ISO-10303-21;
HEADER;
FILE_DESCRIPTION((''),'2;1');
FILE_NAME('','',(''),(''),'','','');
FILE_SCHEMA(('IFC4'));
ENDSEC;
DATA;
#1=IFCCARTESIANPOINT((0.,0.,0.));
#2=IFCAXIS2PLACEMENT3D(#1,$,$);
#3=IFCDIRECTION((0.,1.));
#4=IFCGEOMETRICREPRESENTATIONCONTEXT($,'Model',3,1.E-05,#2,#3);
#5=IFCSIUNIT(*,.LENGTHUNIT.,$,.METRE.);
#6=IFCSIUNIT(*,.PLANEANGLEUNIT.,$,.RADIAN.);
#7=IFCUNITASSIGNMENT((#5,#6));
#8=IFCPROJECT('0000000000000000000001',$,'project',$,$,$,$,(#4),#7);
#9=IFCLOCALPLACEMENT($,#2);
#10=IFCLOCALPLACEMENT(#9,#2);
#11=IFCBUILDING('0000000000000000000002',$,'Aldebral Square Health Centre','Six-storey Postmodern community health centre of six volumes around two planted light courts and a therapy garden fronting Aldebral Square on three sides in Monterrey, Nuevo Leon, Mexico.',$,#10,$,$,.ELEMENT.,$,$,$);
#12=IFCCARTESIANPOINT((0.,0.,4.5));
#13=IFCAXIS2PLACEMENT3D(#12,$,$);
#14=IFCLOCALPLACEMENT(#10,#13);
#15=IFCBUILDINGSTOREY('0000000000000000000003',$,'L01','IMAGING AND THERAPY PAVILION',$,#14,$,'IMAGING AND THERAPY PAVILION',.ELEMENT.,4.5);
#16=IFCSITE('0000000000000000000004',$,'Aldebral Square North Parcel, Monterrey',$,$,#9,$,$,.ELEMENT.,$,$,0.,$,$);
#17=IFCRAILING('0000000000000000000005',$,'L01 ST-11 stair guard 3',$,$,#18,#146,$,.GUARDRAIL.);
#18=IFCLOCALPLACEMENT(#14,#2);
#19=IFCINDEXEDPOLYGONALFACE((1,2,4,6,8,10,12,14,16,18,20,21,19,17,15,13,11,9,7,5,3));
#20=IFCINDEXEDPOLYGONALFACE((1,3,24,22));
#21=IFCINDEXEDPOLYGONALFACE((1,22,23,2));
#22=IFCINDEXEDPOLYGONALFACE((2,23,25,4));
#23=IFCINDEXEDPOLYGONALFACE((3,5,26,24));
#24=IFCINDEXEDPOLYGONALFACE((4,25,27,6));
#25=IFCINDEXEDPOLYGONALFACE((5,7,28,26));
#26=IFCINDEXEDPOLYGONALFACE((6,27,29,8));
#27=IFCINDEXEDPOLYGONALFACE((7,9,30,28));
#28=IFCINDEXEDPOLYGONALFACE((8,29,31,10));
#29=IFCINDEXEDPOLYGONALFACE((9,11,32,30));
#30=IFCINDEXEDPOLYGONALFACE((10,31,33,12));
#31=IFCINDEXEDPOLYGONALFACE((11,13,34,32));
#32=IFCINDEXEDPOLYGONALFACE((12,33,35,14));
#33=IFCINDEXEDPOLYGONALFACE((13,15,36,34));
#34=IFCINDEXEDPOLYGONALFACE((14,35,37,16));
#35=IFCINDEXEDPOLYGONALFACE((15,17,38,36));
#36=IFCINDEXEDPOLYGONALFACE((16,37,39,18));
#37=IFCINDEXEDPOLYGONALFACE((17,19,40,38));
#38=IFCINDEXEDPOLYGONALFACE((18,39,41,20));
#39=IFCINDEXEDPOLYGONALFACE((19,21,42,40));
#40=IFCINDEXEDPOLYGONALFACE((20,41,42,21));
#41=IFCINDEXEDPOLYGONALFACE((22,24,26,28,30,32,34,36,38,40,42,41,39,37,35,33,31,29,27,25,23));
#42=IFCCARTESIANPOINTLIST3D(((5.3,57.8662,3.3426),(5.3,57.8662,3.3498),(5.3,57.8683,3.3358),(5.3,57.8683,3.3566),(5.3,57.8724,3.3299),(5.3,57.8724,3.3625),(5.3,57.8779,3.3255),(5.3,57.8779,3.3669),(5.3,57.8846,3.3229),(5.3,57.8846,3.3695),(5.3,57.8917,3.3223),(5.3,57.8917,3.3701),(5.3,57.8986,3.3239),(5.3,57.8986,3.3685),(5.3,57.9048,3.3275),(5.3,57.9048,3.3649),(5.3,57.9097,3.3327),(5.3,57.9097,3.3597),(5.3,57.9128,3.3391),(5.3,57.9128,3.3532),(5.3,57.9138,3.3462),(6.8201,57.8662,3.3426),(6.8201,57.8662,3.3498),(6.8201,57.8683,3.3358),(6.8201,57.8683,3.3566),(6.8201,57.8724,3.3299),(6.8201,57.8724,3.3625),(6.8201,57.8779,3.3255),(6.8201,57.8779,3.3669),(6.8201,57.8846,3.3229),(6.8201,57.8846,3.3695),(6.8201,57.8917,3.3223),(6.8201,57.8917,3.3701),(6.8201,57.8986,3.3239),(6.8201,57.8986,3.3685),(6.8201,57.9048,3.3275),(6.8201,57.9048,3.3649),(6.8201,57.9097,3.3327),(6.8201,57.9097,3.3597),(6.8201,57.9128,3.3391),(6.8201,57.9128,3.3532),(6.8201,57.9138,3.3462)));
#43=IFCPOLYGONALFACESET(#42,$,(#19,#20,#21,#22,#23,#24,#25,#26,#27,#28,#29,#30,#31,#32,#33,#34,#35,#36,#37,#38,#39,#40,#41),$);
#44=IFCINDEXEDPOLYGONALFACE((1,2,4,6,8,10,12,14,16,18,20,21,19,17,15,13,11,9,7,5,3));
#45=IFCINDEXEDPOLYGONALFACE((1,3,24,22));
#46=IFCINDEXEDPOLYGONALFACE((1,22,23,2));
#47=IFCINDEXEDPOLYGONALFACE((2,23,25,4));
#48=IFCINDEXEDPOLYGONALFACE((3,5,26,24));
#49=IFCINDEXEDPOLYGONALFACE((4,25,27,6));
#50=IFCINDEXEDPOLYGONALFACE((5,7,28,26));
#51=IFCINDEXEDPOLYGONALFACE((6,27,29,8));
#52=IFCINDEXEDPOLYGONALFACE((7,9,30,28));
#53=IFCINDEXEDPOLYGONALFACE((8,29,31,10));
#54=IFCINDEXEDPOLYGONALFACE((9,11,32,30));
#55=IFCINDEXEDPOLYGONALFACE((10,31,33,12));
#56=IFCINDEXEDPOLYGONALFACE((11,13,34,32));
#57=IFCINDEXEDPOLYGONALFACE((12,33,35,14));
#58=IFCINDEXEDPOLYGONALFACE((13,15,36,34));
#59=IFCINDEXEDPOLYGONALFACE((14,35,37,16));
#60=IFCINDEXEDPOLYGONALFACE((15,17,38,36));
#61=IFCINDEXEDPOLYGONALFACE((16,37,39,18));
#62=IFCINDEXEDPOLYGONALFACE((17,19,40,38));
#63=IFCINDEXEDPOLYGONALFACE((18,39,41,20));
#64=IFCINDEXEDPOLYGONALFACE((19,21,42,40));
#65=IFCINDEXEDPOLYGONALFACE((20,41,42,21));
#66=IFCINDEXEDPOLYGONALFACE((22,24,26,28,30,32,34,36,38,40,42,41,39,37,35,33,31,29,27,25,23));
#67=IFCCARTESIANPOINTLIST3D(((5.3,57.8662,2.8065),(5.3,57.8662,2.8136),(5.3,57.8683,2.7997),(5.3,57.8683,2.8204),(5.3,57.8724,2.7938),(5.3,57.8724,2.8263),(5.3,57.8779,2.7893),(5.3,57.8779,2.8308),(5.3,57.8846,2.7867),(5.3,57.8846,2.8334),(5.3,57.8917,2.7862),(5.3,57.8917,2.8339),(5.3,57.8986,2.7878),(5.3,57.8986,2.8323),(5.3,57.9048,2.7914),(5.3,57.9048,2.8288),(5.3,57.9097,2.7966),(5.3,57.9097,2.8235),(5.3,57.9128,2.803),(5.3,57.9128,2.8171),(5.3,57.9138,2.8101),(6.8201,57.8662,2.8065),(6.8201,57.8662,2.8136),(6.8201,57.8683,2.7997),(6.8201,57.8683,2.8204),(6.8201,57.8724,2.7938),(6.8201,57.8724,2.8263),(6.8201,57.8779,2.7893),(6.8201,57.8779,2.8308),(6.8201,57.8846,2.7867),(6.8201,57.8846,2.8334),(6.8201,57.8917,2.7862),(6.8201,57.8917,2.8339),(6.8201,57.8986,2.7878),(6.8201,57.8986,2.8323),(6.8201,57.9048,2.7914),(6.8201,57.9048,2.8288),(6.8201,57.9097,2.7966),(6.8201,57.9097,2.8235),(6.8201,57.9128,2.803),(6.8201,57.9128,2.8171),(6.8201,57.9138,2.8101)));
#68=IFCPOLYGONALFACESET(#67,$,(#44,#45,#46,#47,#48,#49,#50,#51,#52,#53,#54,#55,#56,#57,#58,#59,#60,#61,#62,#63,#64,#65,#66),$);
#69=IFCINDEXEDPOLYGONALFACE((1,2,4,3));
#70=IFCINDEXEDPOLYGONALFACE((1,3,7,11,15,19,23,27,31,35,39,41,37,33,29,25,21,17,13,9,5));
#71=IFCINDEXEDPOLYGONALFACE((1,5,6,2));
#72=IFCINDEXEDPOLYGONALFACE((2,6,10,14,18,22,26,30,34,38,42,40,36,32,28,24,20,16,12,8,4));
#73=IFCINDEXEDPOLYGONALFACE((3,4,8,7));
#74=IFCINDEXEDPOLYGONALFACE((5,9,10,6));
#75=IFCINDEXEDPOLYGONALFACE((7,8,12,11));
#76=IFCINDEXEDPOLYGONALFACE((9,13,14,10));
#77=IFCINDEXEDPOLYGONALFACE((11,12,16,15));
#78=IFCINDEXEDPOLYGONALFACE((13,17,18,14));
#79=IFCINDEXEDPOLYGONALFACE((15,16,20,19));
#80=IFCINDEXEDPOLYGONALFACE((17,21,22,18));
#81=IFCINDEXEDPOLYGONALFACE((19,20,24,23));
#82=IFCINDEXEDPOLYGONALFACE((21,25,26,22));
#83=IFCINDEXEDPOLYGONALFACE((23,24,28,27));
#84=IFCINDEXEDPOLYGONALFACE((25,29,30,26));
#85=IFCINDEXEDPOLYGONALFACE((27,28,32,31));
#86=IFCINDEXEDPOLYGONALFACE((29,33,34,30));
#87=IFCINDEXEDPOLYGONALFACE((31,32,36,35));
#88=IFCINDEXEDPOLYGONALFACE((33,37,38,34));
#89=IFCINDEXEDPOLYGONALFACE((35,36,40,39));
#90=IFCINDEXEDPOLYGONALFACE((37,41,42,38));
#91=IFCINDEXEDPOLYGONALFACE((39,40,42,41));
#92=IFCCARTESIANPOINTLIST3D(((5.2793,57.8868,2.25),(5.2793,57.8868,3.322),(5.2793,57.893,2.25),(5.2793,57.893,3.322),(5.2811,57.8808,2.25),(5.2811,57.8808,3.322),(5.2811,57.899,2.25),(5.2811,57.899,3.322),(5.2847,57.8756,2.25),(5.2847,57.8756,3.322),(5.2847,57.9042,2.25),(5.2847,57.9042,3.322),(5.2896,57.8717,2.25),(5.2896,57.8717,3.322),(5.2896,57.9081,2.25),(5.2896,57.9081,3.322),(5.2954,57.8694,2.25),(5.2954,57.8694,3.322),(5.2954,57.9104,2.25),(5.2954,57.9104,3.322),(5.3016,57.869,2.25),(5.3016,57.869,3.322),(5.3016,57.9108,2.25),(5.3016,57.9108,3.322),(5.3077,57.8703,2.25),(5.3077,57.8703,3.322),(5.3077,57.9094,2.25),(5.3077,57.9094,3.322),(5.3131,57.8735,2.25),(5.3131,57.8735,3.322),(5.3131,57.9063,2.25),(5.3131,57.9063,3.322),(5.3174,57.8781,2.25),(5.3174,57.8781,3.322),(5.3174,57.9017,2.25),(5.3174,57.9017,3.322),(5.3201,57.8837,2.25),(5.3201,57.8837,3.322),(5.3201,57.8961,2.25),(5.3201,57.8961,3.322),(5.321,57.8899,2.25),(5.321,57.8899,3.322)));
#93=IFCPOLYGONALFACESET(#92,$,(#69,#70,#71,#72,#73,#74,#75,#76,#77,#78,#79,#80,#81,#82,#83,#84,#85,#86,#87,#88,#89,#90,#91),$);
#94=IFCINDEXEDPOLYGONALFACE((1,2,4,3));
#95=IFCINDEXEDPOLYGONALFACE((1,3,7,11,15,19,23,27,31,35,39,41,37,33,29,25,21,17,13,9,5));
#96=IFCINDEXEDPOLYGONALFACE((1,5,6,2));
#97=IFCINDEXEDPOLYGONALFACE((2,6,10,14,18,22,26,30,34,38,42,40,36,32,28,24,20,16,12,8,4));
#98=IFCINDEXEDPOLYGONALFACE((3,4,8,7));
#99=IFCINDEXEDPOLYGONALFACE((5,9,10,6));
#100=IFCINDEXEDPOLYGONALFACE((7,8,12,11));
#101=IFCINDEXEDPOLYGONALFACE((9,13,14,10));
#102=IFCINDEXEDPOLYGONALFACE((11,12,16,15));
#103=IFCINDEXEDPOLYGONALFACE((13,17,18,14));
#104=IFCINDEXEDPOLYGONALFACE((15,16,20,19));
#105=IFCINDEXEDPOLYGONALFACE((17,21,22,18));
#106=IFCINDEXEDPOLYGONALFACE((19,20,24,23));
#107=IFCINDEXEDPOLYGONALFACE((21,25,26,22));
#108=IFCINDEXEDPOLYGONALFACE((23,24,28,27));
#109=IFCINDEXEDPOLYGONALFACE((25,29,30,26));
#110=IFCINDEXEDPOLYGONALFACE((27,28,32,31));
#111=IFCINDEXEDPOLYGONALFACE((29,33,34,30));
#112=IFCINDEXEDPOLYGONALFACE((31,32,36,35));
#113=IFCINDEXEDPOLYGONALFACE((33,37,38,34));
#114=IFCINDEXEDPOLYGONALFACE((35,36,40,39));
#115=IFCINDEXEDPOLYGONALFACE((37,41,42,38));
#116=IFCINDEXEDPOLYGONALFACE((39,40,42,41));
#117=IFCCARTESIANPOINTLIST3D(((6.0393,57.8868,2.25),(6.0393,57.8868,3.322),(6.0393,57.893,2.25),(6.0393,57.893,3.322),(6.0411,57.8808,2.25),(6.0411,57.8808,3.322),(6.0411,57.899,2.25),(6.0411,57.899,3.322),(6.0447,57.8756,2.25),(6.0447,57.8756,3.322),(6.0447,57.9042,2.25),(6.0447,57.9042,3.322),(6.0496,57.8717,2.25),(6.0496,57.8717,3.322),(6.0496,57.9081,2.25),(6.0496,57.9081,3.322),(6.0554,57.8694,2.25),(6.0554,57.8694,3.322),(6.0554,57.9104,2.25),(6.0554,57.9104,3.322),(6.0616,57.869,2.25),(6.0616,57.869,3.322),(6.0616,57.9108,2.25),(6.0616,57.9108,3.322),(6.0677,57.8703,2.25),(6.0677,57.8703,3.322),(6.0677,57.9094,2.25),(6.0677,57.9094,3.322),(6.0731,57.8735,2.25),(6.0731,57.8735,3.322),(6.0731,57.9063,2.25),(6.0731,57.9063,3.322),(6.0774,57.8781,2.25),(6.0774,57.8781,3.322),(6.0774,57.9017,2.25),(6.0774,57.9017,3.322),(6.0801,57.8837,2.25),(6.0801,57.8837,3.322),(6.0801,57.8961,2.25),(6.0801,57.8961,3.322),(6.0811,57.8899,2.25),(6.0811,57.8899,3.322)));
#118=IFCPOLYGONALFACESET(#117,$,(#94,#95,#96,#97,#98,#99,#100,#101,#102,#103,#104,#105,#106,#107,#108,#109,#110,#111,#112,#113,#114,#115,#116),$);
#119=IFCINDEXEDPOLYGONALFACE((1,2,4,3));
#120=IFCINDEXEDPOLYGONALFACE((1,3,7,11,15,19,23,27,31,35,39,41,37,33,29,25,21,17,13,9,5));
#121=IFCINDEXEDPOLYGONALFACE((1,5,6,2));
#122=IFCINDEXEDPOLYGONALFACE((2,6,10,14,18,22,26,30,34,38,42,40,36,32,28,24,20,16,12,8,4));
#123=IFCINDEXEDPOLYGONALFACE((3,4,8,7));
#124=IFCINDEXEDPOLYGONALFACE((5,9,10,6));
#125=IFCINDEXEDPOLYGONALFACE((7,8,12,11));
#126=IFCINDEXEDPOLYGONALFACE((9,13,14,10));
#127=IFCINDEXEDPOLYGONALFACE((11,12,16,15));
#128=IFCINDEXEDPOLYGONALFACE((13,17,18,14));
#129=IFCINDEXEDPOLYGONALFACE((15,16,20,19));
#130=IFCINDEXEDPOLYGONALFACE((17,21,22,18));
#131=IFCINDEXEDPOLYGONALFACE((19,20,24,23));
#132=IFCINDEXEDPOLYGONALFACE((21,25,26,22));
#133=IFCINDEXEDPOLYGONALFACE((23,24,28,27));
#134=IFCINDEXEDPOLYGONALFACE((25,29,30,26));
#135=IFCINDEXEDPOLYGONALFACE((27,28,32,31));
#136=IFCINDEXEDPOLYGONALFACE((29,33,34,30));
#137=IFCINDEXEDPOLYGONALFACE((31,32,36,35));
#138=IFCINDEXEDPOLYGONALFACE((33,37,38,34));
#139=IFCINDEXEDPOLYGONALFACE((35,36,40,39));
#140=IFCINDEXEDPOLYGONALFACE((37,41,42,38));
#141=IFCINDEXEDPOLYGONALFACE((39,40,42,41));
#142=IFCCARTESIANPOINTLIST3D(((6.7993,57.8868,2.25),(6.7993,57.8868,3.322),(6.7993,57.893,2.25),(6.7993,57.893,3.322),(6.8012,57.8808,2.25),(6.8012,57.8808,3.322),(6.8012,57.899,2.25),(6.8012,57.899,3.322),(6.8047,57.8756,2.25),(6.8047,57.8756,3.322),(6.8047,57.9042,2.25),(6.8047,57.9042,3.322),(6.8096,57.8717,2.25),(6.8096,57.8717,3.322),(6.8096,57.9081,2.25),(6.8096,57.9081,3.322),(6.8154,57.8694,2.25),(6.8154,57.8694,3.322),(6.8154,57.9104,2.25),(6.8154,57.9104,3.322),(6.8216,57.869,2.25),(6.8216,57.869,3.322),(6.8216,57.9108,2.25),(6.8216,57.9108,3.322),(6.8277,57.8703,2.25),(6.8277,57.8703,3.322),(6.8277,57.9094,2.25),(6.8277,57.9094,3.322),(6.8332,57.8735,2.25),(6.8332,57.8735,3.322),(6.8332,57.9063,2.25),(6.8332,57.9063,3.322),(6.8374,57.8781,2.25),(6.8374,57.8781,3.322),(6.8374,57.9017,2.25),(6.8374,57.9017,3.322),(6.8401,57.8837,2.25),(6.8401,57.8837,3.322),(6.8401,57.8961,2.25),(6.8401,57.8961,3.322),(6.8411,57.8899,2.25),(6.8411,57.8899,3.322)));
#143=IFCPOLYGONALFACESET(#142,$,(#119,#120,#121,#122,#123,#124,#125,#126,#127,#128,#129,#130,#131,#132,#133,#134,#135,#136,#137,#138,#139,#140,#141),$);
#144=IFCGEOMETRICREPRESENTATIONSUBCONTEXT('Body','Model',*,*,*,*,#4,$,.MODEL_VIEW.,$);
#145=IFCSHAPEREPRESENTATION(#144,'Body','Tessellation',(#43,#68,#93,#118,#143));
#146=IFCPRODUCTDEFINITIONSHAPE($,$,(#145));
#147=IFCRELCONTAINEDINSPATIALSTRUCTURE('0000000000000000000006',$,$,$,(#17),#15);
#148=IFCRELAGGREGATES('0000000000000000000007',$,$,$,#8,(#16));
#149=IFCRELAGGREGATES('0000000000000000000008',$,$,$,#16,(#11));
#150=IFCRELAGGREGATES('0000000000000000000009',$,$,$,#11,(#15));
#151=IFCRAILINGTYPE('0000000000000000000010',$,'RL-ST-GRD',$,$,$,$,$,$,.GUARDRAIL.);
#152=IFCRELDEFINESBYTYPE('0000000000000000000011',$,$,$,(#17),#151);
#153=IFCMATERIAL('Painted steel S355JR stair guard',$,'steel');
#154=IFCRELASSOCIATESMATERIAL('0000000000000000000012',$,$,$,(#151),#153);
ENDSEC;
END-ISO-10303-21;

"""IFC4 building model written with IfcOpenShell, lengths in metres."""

from ifc_helpers import new_model, si_unit, direction, frame, origin, origin_2d, place, context, subcontext, project, spatial, circle, extrude, material, type_object, element, save


model = new_model("IFC4")

# Units and contexts
model_context = context("Model", 3, precision=1e-05, world=origin(), true_north=direction((0.0, 1.0)))
body_context = subcontext(model_context, "Body", "Model", "MODEL_VIEW")
ifc_project = project(units=[si_unit("LENGTHUNIT", "METRE"), si_unit("PLANEANGLEUNIT", "RADIAN")], contexts=[model_context])

# Site, building, storey
site_placement = place(None, origin())
site = spatial("IfcSite", under=ifc_project, at=site_placement, Name="Aldebral Square North Parcel, Monterrey", CompositionType="ELEMENT", RefElevation=0.0)
building_placement = place(site_placement, origin())
building = spatial("IfcBuilding", under=site, at=building_placement, Name="Aldebral Square Health Centre", Description="Six-storey Postmodern community health centre of six volumes around two planted light courts and a therapy garden fronting Aldebral Square on three sides in Monterrey, Nuevo Leon, Mexico.", CompositionType="ELEMENT")
storey_placement = place(building_placement, frame((0.0, 0.0, 4.5)))
storey = spatial("IfcBuildingStorey", under=building, at=storey_placement, Name="L01", Description="IMAGING AND THERAPY PAVILION", LongName="IMAGING AND THERAPY PAVILION", CompositionType="ELEMENT", Elevation=4.5)

# Railing
ifc_material_1 = material(Name="Painted steel S355JR stair guard", Category="steel")
railing_type_1 = type_object("IfcRailingType", Name="RL-ST-GRD", PredefinedType="GUARDRAIL", material=ifc_material_1)
railing_1_placement = place(storey_placement, frame((5.3, 57.8899, 2.25)))
element("IfcRailing", 1, at=railing_1_placement, inside=storey, type_object=railing_type_1, Name="L01 ST-11 stair guard 3", PredefinedType="GUARDRAIL", context=body_context, shape_type="SweptSolid", body=[
    extrude(circle(Radius=0.0239, at=origin_2d()), frame((0.0, 0.0, 1.0962), z_axis=(1.0, 0.0, 0.0), x_axis=(0.0, 1.0, 0.0)), (0.0, 0.0, 1.0), 1.52),
    extrude(circle(Radius=0.0239, at=origin_2d()), frame((0.0, 0.0, 0.5601), z_axis=(1.0, 0.0, 0.0), x_axis=(0.0, 1.0, 0.0)), (0.0, 0.0, 1.0), 1.52),
    extrude(circle(Radius=0.021, at=origin_2d()), origin(), (0.0, 0.0, 1.0), 1.072),
    extrude(circle(Radius=0.021, at=origin_2d()), frame((0.76, 0.0, 0.0)), (0.0, 0.0, 1.0), 1.072),
    extrude(circle(Radius=0.021, at=origin_2d()), frame((1.52, 0.0, 0.0)), (0.0, 0.0, 1.0), 1.072),
])

save(model, "model.ifc")
